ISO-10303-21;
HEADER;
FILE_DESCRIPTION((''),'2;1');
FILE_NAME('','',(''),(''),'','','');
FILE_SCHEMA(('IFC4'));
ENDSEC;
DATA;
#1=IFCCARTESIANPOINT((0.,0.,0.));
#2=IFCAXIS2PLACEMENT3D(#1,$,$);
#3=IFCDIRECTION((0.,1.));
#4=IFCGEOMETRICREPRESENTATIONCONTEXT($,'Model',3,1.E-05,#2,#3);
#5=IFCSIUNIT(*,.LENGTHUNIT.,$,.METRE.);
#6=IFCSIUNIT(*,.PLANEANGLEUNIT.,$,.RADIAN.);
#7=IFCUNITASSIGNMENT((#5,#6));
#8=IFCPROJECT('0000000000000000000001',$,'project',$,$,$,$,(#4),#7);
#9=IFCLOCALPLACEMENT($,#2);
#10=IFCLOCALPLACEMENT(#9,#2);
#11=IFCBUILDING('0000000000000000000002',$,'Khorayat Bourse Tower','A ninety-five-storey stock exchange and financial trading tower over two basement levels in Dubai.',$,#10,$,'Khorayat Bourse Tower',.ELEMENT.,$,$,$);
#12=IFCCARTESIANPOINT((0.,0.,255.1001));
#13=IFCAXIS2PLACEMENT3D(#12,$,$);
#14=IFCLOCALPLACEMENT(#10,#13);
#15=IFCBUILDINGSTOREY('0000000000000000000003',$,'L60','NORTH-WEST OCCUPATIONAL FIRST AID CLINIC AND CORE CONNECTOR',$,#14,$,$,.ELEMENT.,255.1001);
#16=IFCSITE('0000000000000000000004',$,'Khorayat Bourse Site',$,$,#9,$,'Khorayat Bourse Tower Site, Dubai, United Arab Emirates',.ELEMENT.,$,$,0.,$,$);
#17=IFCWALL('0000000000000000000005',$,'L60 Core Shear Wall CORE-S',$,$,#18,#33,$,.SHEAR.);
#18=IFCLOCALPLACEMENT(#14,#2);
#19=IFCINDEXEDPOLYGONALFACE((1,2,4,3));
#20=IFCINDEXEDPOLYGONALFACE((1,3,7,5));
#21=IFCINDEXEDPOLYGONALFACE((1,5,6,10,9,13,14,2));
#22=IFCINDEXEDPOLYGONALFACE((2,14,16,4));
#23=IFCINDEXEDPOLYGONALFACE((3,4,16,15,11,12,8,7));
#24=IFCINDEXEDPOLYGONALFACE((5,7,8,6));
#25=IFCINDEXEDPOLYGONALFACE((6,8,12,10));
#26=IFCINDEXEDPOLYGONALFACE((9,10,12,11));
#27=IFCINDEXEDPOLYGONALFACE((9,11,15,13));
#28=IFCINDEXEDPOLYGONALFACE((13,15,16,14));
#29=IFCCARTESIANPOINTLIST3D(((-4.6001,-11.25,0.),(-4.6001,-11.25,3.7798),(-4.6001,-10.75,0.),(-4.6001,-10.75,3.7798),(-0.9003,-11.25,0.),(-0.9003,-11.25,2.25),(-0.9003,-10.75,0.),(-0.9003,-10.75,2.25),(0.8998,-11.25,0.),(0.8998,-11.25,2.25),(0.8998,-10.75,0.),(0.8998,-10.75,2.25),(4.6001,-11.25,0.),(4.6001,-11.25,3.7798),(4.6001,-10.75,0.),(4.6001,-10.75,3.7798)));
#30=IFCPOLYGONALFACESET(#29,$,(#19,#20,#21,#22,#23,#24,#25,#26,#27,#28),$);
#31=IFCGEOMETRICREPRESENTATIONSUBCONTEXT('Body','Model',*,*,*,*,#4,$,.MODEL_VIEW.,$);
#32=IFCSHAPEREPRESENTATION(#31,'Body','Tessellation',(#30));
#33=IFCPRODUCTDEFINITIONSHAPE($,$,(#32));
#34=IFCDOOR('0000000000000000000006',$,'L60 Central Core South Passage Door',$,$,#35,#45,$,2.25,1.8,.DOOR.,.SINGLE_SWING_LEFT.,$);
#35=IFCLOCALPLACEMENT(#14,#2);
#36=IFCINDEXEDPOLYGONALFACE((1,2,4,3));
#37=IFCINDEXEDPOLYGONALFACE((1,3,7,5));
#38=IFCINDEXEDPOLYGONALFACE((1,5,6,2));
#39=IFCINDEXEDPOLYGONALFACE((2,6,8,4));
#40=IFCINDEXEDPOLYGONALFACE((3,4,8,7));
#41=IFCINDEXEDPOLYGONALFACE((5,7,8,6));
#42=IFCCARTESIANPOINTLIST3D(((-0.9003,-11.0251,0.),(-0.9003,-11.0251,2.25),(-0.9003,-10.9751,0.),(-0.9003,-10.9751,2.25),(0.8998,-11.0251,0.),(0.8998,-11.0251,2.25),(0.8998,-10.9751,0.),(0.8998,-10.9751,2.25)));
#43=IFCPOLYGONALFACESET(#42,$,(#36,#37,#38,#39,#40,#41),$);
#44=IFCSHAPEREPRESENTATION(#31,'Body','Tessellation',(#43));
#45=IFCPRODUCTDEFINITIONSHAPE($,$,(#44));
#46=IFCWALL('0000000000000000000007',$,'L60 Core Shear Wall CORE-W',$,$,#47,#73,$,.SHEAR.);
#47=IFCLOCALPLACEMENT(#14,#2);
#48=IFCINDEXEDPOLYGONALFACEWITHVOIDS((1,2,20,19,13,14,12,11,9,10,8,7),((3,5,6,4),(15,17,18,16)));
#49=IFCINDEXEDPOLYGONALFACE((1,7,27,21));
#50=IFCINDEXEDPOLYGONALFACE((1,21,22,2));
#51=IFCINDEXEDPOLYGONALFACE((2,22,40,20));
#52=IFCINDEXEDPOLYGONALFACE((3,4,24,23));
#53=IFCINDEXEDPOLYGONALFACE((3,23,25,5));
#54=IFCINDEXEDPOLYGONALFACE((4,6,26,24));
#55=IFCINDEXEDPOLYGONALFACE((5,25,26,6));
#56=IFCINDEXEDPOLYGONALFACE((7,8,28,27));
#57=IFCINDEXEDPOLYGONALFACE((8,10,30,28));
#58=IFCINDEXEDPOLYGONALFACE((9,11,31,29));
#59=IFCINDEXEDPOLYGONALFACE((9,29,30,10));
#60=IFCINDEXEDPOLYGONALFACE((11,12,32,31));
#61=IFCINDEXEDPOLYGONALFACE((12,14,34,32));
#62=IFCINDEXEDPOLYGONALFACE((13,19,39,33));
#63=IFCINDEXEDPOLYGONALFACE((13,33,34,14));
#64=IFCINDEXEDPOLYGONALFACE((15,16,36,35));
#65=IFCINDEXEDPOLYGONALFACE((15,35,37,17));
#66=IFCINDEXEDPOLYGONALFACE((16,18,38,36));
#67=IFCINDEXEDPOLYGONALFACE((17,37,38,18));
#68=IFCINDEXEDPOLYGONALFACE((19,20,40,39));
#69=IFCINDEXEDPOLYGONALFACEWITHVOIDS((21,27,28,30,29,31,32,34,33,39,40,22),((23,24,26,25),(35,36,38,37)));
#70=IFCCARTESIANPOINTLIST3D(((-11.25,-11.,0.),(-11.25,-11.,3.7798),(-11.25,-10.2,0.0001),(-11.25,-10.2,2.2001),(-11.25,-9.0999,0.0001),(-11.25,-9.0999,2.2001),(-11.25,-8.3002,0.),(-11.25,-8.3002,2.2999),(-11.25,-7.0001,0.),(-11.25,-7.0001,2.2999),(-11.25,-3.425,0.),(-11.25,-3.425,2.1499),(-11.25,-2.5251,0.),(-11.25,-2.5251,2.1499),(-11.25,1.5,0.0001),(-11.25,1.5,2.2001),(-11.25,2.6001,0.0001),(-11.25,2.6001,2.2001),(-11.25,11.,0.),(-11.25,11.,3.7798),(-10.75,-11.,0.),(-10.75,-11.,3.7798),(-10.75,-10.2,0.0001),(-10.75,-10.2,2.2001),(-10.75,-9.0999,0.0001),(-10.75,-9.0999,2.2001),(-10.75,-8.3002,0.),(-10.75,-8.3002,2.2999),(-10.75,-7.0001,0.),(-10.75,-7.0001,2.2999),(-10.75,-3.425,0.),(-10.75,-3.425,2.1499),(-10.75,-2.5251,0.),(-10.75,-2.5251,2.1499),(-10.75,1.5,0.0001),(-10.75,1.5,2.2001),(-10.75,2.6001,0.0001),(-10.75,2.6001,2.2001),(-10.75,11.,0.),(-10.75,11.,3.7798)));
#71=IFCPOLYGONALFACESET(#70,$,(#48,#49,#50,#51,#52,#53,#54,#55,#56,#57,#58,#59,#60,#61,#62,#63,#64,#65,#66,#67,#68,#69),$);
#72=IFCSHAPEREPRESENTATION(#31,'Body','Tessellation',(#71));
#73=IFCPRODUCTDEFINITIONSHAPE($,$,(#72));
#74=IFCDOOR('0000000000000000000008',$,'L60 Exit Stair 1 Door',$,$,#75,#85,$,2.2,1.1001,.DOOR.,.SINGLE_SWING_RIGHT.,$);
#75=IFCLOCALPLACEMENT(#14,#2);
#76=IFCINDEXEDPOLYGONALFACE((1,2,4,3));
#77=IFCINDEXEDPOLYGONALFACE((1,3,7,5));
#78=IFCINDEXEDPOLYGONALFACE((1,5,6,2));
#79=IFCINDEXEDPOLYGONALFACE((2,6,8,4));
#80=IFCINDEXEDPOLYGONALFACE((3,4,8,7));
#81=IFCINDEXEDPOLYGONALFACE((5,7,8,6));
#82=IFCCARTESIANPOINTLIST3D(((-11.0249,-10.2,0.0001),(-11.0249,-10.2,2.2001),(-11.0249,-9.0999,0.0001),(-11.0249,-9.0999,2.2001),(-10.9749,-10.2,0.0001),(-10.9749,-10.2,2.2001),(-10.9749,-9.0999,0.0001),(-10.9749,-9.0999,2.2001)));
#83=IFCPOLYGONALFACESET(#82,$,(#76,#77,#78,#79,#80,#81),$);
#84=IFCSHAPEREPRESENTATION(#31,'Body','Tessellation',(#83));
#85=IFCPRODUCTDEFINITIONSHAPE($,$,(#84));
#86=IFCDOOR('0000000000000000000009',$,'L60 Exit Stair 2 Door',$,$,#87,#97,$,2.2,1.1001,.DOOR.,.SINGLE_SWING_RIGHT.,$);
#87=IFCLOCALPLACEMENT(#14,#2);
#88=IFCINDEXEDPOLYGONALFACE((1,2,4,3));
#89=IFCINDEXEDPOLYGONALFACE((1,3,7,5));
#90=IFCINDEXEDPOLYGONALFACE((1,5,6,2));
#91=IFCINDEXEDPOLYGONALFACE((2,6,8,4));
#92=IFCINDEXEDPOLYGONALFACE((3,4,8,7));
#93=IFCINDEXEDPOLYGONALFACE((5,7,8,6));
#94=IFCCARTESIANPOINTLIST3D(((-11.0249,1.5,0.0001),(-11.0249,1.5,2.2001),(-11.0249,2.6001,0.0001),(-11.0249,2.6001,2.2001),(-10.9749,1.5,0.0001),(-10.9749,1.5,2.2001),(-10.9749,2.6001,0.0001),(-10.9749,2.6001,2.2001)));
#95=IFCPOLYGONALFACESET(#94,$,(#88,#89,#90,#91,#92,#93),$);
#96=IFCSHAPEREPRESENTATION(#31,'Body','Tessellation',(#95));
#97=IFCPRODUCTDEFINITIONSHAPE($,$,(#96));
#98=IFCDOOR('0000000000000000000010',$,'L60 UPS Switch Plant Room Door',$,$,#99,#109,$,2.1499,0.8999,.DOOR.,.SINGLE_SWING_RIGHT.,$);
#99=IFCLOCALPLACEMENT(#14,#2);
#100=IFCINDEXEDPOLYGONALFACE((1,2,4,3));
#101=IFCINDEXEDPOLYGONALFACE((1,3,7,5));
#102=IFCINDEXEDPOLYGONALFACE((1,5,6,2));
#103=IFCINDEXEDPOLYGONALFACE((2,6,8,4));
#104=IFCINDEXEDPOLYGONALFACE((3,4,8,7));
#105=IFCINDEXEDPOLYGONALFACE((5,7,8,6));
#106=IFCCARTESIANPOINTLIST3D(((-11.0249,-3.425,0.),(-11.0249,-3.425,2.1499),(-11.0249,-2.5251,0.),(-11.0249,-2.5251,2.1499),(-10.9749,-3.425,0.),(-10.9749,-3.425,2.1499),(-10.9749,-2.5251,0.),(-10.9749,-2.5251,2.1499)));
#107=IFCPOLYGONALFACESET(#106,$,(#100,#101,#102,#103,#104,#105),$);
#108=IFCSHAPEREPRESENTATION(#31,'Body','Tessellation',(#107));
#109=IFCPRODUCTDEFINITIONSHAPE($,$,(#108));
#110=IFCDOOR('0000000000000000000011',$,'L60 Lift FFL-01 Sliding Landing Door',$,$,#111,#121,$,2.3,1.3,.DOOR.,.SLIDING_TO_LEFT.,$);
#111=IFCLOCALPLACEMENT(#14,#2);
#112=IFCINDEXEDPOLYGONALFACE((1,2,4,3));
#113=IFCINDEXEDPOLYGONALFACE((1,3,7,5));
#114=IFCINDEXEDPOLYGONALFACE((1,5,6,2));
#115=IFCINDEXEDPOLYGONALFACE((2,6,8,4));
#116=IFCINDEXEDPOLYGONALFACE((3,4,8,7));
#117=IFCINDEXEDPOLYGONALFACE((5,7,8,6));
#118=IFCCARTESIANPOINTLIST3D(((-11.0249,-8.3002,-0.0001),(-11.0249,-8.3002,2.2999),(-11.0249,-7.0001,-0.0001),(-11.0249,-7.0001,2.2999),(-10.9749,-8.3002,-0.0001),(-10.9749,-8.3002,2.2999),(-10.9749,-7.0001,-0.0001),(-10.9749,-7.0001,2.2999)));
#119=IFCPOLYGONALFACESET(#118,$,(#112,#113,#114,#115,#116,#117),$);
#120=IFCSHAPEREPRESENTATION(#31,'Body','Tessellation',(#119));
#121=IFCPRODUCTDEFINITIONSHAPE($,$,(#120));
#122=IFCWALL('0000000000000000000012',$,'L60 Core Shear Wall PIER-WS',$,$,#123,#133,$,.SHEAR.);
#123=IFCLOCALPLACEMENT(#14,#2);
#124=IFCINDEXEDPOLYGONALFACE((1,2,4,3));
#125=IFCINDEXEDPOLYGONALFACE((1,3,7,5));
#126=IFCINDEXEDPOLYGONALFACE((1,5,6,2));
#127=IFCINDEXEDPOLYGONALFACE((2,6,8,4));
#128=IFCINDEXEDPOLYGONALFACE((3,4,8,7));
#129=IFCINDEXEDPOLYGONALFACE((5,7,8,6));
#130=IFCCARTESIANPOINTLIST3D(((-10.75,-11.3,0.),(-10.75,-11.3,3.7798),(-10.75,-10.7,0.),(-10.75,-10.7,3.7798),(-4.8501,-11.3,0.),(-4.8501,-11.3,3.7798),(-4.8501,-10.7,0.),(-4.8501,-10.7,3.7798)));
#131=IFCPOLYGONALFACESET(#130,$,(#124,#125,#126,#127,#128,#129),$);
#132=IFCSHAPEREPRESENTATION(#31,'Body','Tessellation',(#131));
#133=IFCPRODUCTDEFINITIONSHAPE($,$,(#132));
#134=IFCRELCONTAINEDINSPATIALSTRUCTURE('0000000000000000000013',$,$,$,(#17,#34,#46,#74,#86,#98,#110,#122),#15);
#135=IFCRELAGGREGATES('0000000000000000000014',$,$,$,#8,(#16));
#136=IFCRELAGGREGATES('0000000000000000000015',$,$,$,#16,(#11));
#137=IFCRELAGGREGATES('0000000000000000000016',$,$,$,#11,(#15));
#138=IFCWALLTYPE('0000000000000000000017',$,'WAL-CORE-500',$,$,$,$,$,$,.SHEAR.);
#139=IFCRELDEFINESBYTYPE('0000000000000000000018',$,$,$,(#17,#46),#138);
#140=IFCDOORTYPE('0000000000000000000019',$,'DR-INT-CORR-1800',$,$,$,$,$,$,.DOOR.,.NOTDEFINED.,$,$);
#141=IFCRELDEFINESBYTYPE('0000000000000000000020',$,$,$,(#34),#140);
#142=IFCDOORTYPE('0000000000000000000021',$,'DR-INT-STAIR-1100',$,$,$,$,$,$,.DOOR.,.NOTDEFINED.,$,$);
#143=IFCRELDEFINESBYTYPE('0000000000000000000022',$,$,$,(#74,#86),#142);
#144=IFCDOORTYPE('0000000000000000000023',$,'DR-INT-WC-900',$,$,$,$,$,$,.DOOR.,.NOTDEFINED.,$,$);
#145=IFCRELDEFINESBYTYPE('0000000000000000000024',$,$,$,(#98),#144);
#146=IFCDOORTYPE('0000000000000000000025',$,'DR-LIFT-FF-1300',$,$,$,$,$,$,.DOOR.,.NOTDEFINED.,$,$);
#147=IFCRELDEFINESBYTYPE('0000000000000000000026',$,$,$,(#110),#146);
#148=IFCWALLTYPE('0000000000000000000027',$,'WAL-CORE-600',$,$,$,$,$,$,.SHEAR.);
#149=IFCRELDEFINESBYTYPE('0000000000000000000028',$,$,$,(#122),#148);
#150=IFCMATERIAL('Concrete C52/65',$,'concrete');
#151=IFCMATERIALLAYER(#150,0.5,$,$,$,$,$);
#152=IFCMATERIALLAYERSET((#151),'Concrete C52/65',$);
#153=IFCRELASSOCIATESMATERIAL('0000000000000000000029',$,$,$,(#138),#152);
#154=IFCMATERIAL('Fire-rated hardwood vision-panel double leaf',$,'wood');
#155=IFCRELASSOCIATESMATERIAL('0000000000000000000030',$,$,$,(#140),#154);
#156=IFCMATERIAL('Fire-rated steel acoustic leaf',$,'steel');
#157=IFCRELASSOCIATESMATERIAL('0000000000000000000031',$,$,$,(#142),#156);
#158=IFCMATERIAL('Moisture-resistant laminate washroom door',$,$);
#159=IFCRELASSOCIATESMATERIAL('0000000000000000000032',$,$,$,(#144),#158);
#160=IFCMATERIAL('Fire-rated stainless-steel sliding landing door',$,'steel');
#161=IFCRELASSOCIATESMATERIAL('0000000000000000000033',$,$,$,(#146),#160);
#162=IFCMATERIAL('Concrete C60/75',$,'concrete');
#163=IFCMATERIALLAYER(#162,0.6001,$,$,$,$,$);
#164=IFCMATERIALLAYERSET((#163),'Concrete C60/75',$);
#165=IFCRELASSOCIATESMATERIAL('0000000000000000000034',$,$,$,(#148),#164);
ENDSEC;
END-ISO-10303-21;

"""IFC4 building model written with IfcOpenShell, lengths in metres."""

from ifc_helpers import new_model, si_unit, direction, frame, frame_2d, origin, place, context, subcontext, project, spatial, rectangle, extrude, source, transform, mapped, material, layer, layer_set, type_object, element, fill, save


model = new_model("IFC4")

# Units and contexts
model_context = context("Model", 3, precision=1e-05, world=origin(), true_north=direction((0.0, 1.0)))
body_context = subcontext(model_context, "Body", "Model", "MODEL_VIEW")
ifc_project = project(units=[si_unit("LENGTHUNIT", "METRE"), si_unit("PLANEANGLEUNIT", "RADIAN")], contexts=[model_context])

# Site, building, storey
site_placement = place(None, origin())
site = spatial("IfcSite", under=ifc_project, at=site_placement, Name="Khorayat Bourse Site", LongName="Khorayat Bourse Tower Site, Dubai, United Arab Emirates", CompositionType="ELEMENT", RefElevation=0.0)
building_placement = place(site_placement, origin())
building = spatial("IfcBuilding", under=site, at=building_placement, Name="Khorayat Bourse Tower", Description="A ninety-five-storey stock exchange and financial trading tower over two basement levels in Dubai.", LongName="Khorayat Bourse Tower", CompositionType="ELEMENT")
storey_placement = place(building_placement, frame((0.0, 0.0, 255.1001)))
storey = spatial("IfcBuildingStorey", under=building, at=storey_placement, Name="L60", Description="NORTH-WEST OCCUPATIONAL FIRST AID CLINIC AND CORE CONNECTOR", CompositionType="ELEMENT", Elevation=255.1001)

# Shared definitions
ifc_material_1 = material(Name="Concrete C60/75", Category="concrete")

# Wall, opening, door
ifc_material_2 = material(Name="Concrete C52/65", Category="concrete")
ifc_layer_1 = layer(ifc_material_2, 0.5)
ifc_layer_set_1 = layer_set([ifc_layer_1], Name="Concrete C52/65")
wall_type_1 = type_object("IfcWallType", Name="WAL-CORE-500", PredefinedType="SHEAR", material=ifc_layer_set_1)
shared_shape_1 = source(origin(), body_context, "Body", "SweptSolid", [
    extrude(rectangle(XDim=9.2002, YDim=0.5, at=frame_2d((4.6001, 0.0))), origin(), (0.0, 0.0, 1.0), 3.7798),
])
wall_1_placement = place(storey_placement, frame((-4.6001, -11.0, 0.0), z_axis=(0.0, 0.0, 1.0), x_axis=(1.0, 0.0, 0.0)))
wall_1 = element("IfcWall", 1, at=wall_1_placement, inside=storey, type_object=wall_type_1, Name="L60 Core Shear Wall CORE-S", PredefinedType="SHEAR", context=body_context, shape_type="MappedRepresentation", body=[
    mapped(shared_shape_1, transform((0.0, 0.0, 0.0), scale=1.0)),
])
shared_shape_2 = source(origin(), body_context, "Body", "SweptSolid", [
    extrude(rectangle(XDim=1.8, YDim=2.25, at=frame_2d((0.8999, 1.125))), frame((0.0, 0.26, 0.0), z_axis=(0.0, -1.0, 0.0), x_axis=(1.0, 0.0, 0.0)), (0.0, 0.0, 1.0), 0.52),
])
opening_1_placement = place(wall_1_placement, frame((3.7, 0.0, 0.0)))
opening_1 = element("IfcOpeningElement", 2, at=opening_1_placement, cuts=wall_1, PredefinedType="OPENING", context=body_context, shape_type="MappedRepresentation", body=[
    mapped(shared_shape_2, transform((0.0, 0.0, 0.0), scale=1.0)),
])
ifc_material_3 = material(Name="Fire-rated hardwood vision-panel double leaf", Category="wood")
door_type_1 = type_object("IfcDoorType", Name="DR-INT-CORR-1800", OperationType="NOTDEFINED", PredefinedType="DOOR", material=ifc_material_3)
shared_shape_3 = source(origin(), body_context, "Body", "SweptSolid", [
    extrude(rectangle(XDim=1.8, YDim=2.25, at=frame_2d((0.8999, 1.125))), frame((0.0, 0.0249, 0.0), z_axis=(0.0, -1.0, 0.0), x_axis=(1.0, 0.0, 0.0)), (0.0, 0.0, 1.0), 0.05),
])
door_1_placement = place(opening_1_placement, origin())
door_1 = element("IfcDoor", 3, at=door_1_placement, inside=storey, type_object=door_type_1, Name="L60 Central Core South Passage Door", OperationType="SINGLE_SWING_LEFT", OverallHeight=2.25, OverallWidth=1.8, PredefinedType="DOOR", context=body_context, shape_type="MappedRepresentation", body=[
    mapped(shared_shape_3, transform((0.0, 0.0, 0.0), scale=1.0)),
])
fill(opening_1, door_1)

# Wall, openings, doors
shared_shape_4 = source(origin(), body_context, "Body", "SweptSolid", [
    extrude(rectangle(XDim=22.0, YDim=0.5, at=frame_2d((11.0, 0.0))), origin(), (0.0, 0.0, 1.0), 3.7798),
])
wall_2_placement = place(storey_placement, frame((-11.0, -11.0, 0.0), z_axis=(0.0, 0.0, 1.0), x_axis=(0.0, 1.0, 0.0)))
wall_2 = element("IfcWall", 4, at=wall_2_placement, inside=storey, type_object=wall_type_1, Name="L60 Core Shear Wall CORE-W", PredefinedType="SHEAR", context=body_context, shape_type="MappedRepresentation", body=[
    mapped(shared_shape_4, transform((0.0, 0.0, 0.0), scale=1.0)),
])
shared_shape_5 = source(origin(), body_context, "Body", "SweptSolid", [
    extrude(rectangle(XDim=1.1001, YDim=2.2, at=frame_2d((0.55, 1.1001))), frame((0.0, 0.26, 0.0), z_axis=(0.0, -1.0, 0.0), x_axis=(1.0, 0.0, 0.0)), (0.0, 0.0, 1.0), 0.52),
])
opening_2_placement = place(wall_2_placement, frame((0.8, 0.0, 0.0)))
opening_2 = element("IfcOpeningElement", 5, at=opening_2_placement, cuts=wall_2, PredefinedType="OPENING", context=body_context, shape_type="MappedRepresentation", body=[
    mapped(shared_shape_5, transform((0.0, 0.0, 0.0), scale=1.0)),
])
opening_3_placement = place(wall_2_placement, frame((12.5, 0.0, 0.0)))
opening_3 = element("IfcOpeningElement", 6, at=opening_3_placement, cuts=wall_2, PredefinedType="OPENING", context=body_context, shape_type="MappedRepresentation", body=[
    mapped(shared_shape_5, transform((0.0, 0.0, 0.0), scale=1.0)),
])
shared_shape_6 = source(origin(), body_context, "Body", "SweptSolid", [
    extrude(rectangle(XDim=0.8999, YDim=2.1499, at=frame_2d((0.45, 1.075))), frame((0.0, 0.26, 0.0), z_axis=(0.0, -1.0, 0.0), x_axis=(1.0, 0.0, 0.0)), (0.0, 0.0, 1.0), 0.52),
])
opening_4_placement = place(wall_2_placement, frame((7.575, 0.0, 0.0)))
opening_4 = element("IfcOpeningElement", 7, at=opening_4_placement, cuts=wall_2, PredefinedType="OPENING", context=body_context, shape_type="MappedRepresentation", body=[
    mapped(shared_shape_6, transform((0.0, 0.0, 0.0), scale=1.0)),
])
shared_shape_7 = source(origin(), body_context, "Body", "SweptSolid", [
    extrude(rectangle(XDim=1.3, YDim=2.3, at=frame_2d((0.6499, 1.1499))), frame((0.0, 0.26, 0.0), z_axis=(0.0, -1.0, 0.0), x_axis=(1.0, 0.0, 0.0)), (0.0, 0.0, 1.0), 0.52),
])
opening_5_placement = place(wall_2_placement, frame((2.7, 0.0, 0.0)))
opening_5 = element("IfcOpeningElement", 8, at=opening_5_placement, cuts=wall_2, PredefinedType="OPENING", context=body_context, shape_type="MappedRepresentation", body=[
    mapped(shared_shape_7, transform((0.0, 0.0, 0.0), scale=1.0)),
])
ifc_material_4 = material(Name="Fire-rated steel acoustic leaf", Category="steel")
door_type_2 = type_object("IfcDoorType", Name="DR-INT-STAIR-1100", OperationType="NOTDEFINED", PredefinedType="DOOR", material=ifc_material_4)
shared_shape_8 = source(origin(), body_context, "Body", "SweptSolid", [
    extrude(rectangle(XDim=1.1001, YDim=2.2, at=frame_2d((0.55, 1.1001))), frame((0.0, 0.0249, 0.0), z_axis=(0.0, -1.0, 0.0), x_axis=(1.0, 0.0, 0.0)), (0.0, 0.0, 1.0), 0.05),
])
door_2_placement = place(opening_2_placement, origin())
door_2 = element("IfcDoor", 9, at=door_2_placement, inside=storey, type_object=door_type_2, Name="L60 Exit Stair 1 Door", OperationType="SINGLE_SWING_RIGHT", OverallHeight=2.2, OverallWidth=1.1001, PredefinedType="DOOR", context=body_context, shape_type="MappedRepresentation", body=[
    mapped(shared_shape_8, transform((0.0, 0.0, 0.0), scale=1.0)),
])
fill(opening_2, door_2)
door_3_placement = place(opening_3_placement, origin())
door_3 = element("IfcDoor", 10, at=door_3_placement, inside=storey, type_object=door_type_2, Name="L60 Exit Stair 2 Door", OperationType="SINGLE_SWING_RIGHT", OverallHeight=2.2, OverallWidth=1.1001, PredefinedType="DOOR", context=body_context, shape_type="MappedRepresentation", body=[
    mapped(shared_shape_8, transform((0.0, 0.0, 0.0), scale=1.0)),
])
fill(opening_3, door_3)
ifc_material_5 = material(Name="Moisture-resistant laminate washroom door")
door_type_3 = type_object("IfcDoorType", Name="DR-INT-WC-900", OperationType="NOTDEFINED", PredefinedType="DOOR", material=ifc_material_5)
shared_shape_9 = source(origin(), body_context, "Body", "SweptSolid", [
    extrude(rectangle(XDim=0.8999, YDim=2.1499, at=frame_2d((0.45, 1.075))), frame((0.0, 0.0249, 0.0), z_axis=(0.0, -1.0, 0.0), x_axis=(1.0, 0.0, 0.0)), (0.0, 0.0, 1.0), 0.05),
])
door_4_placement = place(opening_4_placement, origin())
door_4 = element("IfcDoor", 11, at=door_4_placement, inside=storey, type_object=door_type_3, Name="L60 UPS Switch Plant Room Door", OperationType="SINGLE_SWING_RIGHT", OverallHeight=2.1499, OverallWidth=0.8999, PredefinedType="DOOR", context=body_context, shape_type="MappedRepresentation", body=[
    mapped(shared_shape_9, transform((0.0, 0.0, 0.0), scale=1.0)),
])
fill(opening_4, door_4)
ifc_material_6 = material(Name="Fire-rated stainless-steel sliding landing door", Category="steel")
door_type_4 = type_object("IfcDoorType", Name="DR-LIFT-FF-1300", OperationType="NOTDEFINED", PredefinedType="DOOR", material=ifc_material_6)
shared_shape_10 = source(origin(), body_context, "Body", "SweptSolid", [
    extrude(rectangle(XDim=1.3, YDim=2.3, at=frame_2d((0.6499, 1.1499))), frame((0.0, 0.0249, 0.0), z_axis=(0.0, -1.0, 0.0), x_axis=(1.0, 0.0, 0.0)), (0.0, 0.0, 1.0), 0.05),
])
door_5_placement = place(opening_5_placement, origin())
door_5 = element("IfcDoor", 12, at=door_5_placement, inside=storey, type_object=door_type_4, Name="L60 Lift FFL-01 Sliding Landing Door", OperationType="SLIDING_TO_LEFT", OverallHeight=2.3, OverallWidth=1.3, PredefinedType="DOOR", context=body_context, shape_type="MappedRepresentation", body=[
    mapped(shared_shape_10, transform((0.0, 0.0, 0.0), scale=1.0)),
])
fill(opening_5, door_5)

# Wall
ifc_layer_2 = layer(ifc_material_1, 0.6001)
ifc_layer_set_2 = layer_set([ifc_layer_2], Name="Concrete C60/75")
wall_type_2 = type_object("IfcWallType", Name="WAL-CORE-600", PredefinedType="SHEAR", material=ifc_layer_set_2)
shared_shape_11 = source(origin(), body_context, "Body", "SweptSolid", [
    extrude(rectangle(XDim=5.8999, YDim=0.6001, at=frame_2d((2.95, 0.0))), origin(), (0.0, 0.0, 1.0), 3.7798),
])
wall_3_placement = place(storey_placement, frame((-10.75, -11.0, 0.0), z_axis=(0.0, 0.0, 1.0), x_axis=(1.0, 0.0, 0.0)))
element("IfcWall", 13, at=wall_3_placement, inside=storey, type_object=wall_type_2, Name="L60 Core Shear Wall PIER-WS", PredefinedType="SHEAR", context=body_context, shape_type="MappedRepresentation", body=[
    mapped(shared_shape_11, transform((0.0, 0.0, 0.0), scale=1.0)),
])

save(model, "model.ifc")
